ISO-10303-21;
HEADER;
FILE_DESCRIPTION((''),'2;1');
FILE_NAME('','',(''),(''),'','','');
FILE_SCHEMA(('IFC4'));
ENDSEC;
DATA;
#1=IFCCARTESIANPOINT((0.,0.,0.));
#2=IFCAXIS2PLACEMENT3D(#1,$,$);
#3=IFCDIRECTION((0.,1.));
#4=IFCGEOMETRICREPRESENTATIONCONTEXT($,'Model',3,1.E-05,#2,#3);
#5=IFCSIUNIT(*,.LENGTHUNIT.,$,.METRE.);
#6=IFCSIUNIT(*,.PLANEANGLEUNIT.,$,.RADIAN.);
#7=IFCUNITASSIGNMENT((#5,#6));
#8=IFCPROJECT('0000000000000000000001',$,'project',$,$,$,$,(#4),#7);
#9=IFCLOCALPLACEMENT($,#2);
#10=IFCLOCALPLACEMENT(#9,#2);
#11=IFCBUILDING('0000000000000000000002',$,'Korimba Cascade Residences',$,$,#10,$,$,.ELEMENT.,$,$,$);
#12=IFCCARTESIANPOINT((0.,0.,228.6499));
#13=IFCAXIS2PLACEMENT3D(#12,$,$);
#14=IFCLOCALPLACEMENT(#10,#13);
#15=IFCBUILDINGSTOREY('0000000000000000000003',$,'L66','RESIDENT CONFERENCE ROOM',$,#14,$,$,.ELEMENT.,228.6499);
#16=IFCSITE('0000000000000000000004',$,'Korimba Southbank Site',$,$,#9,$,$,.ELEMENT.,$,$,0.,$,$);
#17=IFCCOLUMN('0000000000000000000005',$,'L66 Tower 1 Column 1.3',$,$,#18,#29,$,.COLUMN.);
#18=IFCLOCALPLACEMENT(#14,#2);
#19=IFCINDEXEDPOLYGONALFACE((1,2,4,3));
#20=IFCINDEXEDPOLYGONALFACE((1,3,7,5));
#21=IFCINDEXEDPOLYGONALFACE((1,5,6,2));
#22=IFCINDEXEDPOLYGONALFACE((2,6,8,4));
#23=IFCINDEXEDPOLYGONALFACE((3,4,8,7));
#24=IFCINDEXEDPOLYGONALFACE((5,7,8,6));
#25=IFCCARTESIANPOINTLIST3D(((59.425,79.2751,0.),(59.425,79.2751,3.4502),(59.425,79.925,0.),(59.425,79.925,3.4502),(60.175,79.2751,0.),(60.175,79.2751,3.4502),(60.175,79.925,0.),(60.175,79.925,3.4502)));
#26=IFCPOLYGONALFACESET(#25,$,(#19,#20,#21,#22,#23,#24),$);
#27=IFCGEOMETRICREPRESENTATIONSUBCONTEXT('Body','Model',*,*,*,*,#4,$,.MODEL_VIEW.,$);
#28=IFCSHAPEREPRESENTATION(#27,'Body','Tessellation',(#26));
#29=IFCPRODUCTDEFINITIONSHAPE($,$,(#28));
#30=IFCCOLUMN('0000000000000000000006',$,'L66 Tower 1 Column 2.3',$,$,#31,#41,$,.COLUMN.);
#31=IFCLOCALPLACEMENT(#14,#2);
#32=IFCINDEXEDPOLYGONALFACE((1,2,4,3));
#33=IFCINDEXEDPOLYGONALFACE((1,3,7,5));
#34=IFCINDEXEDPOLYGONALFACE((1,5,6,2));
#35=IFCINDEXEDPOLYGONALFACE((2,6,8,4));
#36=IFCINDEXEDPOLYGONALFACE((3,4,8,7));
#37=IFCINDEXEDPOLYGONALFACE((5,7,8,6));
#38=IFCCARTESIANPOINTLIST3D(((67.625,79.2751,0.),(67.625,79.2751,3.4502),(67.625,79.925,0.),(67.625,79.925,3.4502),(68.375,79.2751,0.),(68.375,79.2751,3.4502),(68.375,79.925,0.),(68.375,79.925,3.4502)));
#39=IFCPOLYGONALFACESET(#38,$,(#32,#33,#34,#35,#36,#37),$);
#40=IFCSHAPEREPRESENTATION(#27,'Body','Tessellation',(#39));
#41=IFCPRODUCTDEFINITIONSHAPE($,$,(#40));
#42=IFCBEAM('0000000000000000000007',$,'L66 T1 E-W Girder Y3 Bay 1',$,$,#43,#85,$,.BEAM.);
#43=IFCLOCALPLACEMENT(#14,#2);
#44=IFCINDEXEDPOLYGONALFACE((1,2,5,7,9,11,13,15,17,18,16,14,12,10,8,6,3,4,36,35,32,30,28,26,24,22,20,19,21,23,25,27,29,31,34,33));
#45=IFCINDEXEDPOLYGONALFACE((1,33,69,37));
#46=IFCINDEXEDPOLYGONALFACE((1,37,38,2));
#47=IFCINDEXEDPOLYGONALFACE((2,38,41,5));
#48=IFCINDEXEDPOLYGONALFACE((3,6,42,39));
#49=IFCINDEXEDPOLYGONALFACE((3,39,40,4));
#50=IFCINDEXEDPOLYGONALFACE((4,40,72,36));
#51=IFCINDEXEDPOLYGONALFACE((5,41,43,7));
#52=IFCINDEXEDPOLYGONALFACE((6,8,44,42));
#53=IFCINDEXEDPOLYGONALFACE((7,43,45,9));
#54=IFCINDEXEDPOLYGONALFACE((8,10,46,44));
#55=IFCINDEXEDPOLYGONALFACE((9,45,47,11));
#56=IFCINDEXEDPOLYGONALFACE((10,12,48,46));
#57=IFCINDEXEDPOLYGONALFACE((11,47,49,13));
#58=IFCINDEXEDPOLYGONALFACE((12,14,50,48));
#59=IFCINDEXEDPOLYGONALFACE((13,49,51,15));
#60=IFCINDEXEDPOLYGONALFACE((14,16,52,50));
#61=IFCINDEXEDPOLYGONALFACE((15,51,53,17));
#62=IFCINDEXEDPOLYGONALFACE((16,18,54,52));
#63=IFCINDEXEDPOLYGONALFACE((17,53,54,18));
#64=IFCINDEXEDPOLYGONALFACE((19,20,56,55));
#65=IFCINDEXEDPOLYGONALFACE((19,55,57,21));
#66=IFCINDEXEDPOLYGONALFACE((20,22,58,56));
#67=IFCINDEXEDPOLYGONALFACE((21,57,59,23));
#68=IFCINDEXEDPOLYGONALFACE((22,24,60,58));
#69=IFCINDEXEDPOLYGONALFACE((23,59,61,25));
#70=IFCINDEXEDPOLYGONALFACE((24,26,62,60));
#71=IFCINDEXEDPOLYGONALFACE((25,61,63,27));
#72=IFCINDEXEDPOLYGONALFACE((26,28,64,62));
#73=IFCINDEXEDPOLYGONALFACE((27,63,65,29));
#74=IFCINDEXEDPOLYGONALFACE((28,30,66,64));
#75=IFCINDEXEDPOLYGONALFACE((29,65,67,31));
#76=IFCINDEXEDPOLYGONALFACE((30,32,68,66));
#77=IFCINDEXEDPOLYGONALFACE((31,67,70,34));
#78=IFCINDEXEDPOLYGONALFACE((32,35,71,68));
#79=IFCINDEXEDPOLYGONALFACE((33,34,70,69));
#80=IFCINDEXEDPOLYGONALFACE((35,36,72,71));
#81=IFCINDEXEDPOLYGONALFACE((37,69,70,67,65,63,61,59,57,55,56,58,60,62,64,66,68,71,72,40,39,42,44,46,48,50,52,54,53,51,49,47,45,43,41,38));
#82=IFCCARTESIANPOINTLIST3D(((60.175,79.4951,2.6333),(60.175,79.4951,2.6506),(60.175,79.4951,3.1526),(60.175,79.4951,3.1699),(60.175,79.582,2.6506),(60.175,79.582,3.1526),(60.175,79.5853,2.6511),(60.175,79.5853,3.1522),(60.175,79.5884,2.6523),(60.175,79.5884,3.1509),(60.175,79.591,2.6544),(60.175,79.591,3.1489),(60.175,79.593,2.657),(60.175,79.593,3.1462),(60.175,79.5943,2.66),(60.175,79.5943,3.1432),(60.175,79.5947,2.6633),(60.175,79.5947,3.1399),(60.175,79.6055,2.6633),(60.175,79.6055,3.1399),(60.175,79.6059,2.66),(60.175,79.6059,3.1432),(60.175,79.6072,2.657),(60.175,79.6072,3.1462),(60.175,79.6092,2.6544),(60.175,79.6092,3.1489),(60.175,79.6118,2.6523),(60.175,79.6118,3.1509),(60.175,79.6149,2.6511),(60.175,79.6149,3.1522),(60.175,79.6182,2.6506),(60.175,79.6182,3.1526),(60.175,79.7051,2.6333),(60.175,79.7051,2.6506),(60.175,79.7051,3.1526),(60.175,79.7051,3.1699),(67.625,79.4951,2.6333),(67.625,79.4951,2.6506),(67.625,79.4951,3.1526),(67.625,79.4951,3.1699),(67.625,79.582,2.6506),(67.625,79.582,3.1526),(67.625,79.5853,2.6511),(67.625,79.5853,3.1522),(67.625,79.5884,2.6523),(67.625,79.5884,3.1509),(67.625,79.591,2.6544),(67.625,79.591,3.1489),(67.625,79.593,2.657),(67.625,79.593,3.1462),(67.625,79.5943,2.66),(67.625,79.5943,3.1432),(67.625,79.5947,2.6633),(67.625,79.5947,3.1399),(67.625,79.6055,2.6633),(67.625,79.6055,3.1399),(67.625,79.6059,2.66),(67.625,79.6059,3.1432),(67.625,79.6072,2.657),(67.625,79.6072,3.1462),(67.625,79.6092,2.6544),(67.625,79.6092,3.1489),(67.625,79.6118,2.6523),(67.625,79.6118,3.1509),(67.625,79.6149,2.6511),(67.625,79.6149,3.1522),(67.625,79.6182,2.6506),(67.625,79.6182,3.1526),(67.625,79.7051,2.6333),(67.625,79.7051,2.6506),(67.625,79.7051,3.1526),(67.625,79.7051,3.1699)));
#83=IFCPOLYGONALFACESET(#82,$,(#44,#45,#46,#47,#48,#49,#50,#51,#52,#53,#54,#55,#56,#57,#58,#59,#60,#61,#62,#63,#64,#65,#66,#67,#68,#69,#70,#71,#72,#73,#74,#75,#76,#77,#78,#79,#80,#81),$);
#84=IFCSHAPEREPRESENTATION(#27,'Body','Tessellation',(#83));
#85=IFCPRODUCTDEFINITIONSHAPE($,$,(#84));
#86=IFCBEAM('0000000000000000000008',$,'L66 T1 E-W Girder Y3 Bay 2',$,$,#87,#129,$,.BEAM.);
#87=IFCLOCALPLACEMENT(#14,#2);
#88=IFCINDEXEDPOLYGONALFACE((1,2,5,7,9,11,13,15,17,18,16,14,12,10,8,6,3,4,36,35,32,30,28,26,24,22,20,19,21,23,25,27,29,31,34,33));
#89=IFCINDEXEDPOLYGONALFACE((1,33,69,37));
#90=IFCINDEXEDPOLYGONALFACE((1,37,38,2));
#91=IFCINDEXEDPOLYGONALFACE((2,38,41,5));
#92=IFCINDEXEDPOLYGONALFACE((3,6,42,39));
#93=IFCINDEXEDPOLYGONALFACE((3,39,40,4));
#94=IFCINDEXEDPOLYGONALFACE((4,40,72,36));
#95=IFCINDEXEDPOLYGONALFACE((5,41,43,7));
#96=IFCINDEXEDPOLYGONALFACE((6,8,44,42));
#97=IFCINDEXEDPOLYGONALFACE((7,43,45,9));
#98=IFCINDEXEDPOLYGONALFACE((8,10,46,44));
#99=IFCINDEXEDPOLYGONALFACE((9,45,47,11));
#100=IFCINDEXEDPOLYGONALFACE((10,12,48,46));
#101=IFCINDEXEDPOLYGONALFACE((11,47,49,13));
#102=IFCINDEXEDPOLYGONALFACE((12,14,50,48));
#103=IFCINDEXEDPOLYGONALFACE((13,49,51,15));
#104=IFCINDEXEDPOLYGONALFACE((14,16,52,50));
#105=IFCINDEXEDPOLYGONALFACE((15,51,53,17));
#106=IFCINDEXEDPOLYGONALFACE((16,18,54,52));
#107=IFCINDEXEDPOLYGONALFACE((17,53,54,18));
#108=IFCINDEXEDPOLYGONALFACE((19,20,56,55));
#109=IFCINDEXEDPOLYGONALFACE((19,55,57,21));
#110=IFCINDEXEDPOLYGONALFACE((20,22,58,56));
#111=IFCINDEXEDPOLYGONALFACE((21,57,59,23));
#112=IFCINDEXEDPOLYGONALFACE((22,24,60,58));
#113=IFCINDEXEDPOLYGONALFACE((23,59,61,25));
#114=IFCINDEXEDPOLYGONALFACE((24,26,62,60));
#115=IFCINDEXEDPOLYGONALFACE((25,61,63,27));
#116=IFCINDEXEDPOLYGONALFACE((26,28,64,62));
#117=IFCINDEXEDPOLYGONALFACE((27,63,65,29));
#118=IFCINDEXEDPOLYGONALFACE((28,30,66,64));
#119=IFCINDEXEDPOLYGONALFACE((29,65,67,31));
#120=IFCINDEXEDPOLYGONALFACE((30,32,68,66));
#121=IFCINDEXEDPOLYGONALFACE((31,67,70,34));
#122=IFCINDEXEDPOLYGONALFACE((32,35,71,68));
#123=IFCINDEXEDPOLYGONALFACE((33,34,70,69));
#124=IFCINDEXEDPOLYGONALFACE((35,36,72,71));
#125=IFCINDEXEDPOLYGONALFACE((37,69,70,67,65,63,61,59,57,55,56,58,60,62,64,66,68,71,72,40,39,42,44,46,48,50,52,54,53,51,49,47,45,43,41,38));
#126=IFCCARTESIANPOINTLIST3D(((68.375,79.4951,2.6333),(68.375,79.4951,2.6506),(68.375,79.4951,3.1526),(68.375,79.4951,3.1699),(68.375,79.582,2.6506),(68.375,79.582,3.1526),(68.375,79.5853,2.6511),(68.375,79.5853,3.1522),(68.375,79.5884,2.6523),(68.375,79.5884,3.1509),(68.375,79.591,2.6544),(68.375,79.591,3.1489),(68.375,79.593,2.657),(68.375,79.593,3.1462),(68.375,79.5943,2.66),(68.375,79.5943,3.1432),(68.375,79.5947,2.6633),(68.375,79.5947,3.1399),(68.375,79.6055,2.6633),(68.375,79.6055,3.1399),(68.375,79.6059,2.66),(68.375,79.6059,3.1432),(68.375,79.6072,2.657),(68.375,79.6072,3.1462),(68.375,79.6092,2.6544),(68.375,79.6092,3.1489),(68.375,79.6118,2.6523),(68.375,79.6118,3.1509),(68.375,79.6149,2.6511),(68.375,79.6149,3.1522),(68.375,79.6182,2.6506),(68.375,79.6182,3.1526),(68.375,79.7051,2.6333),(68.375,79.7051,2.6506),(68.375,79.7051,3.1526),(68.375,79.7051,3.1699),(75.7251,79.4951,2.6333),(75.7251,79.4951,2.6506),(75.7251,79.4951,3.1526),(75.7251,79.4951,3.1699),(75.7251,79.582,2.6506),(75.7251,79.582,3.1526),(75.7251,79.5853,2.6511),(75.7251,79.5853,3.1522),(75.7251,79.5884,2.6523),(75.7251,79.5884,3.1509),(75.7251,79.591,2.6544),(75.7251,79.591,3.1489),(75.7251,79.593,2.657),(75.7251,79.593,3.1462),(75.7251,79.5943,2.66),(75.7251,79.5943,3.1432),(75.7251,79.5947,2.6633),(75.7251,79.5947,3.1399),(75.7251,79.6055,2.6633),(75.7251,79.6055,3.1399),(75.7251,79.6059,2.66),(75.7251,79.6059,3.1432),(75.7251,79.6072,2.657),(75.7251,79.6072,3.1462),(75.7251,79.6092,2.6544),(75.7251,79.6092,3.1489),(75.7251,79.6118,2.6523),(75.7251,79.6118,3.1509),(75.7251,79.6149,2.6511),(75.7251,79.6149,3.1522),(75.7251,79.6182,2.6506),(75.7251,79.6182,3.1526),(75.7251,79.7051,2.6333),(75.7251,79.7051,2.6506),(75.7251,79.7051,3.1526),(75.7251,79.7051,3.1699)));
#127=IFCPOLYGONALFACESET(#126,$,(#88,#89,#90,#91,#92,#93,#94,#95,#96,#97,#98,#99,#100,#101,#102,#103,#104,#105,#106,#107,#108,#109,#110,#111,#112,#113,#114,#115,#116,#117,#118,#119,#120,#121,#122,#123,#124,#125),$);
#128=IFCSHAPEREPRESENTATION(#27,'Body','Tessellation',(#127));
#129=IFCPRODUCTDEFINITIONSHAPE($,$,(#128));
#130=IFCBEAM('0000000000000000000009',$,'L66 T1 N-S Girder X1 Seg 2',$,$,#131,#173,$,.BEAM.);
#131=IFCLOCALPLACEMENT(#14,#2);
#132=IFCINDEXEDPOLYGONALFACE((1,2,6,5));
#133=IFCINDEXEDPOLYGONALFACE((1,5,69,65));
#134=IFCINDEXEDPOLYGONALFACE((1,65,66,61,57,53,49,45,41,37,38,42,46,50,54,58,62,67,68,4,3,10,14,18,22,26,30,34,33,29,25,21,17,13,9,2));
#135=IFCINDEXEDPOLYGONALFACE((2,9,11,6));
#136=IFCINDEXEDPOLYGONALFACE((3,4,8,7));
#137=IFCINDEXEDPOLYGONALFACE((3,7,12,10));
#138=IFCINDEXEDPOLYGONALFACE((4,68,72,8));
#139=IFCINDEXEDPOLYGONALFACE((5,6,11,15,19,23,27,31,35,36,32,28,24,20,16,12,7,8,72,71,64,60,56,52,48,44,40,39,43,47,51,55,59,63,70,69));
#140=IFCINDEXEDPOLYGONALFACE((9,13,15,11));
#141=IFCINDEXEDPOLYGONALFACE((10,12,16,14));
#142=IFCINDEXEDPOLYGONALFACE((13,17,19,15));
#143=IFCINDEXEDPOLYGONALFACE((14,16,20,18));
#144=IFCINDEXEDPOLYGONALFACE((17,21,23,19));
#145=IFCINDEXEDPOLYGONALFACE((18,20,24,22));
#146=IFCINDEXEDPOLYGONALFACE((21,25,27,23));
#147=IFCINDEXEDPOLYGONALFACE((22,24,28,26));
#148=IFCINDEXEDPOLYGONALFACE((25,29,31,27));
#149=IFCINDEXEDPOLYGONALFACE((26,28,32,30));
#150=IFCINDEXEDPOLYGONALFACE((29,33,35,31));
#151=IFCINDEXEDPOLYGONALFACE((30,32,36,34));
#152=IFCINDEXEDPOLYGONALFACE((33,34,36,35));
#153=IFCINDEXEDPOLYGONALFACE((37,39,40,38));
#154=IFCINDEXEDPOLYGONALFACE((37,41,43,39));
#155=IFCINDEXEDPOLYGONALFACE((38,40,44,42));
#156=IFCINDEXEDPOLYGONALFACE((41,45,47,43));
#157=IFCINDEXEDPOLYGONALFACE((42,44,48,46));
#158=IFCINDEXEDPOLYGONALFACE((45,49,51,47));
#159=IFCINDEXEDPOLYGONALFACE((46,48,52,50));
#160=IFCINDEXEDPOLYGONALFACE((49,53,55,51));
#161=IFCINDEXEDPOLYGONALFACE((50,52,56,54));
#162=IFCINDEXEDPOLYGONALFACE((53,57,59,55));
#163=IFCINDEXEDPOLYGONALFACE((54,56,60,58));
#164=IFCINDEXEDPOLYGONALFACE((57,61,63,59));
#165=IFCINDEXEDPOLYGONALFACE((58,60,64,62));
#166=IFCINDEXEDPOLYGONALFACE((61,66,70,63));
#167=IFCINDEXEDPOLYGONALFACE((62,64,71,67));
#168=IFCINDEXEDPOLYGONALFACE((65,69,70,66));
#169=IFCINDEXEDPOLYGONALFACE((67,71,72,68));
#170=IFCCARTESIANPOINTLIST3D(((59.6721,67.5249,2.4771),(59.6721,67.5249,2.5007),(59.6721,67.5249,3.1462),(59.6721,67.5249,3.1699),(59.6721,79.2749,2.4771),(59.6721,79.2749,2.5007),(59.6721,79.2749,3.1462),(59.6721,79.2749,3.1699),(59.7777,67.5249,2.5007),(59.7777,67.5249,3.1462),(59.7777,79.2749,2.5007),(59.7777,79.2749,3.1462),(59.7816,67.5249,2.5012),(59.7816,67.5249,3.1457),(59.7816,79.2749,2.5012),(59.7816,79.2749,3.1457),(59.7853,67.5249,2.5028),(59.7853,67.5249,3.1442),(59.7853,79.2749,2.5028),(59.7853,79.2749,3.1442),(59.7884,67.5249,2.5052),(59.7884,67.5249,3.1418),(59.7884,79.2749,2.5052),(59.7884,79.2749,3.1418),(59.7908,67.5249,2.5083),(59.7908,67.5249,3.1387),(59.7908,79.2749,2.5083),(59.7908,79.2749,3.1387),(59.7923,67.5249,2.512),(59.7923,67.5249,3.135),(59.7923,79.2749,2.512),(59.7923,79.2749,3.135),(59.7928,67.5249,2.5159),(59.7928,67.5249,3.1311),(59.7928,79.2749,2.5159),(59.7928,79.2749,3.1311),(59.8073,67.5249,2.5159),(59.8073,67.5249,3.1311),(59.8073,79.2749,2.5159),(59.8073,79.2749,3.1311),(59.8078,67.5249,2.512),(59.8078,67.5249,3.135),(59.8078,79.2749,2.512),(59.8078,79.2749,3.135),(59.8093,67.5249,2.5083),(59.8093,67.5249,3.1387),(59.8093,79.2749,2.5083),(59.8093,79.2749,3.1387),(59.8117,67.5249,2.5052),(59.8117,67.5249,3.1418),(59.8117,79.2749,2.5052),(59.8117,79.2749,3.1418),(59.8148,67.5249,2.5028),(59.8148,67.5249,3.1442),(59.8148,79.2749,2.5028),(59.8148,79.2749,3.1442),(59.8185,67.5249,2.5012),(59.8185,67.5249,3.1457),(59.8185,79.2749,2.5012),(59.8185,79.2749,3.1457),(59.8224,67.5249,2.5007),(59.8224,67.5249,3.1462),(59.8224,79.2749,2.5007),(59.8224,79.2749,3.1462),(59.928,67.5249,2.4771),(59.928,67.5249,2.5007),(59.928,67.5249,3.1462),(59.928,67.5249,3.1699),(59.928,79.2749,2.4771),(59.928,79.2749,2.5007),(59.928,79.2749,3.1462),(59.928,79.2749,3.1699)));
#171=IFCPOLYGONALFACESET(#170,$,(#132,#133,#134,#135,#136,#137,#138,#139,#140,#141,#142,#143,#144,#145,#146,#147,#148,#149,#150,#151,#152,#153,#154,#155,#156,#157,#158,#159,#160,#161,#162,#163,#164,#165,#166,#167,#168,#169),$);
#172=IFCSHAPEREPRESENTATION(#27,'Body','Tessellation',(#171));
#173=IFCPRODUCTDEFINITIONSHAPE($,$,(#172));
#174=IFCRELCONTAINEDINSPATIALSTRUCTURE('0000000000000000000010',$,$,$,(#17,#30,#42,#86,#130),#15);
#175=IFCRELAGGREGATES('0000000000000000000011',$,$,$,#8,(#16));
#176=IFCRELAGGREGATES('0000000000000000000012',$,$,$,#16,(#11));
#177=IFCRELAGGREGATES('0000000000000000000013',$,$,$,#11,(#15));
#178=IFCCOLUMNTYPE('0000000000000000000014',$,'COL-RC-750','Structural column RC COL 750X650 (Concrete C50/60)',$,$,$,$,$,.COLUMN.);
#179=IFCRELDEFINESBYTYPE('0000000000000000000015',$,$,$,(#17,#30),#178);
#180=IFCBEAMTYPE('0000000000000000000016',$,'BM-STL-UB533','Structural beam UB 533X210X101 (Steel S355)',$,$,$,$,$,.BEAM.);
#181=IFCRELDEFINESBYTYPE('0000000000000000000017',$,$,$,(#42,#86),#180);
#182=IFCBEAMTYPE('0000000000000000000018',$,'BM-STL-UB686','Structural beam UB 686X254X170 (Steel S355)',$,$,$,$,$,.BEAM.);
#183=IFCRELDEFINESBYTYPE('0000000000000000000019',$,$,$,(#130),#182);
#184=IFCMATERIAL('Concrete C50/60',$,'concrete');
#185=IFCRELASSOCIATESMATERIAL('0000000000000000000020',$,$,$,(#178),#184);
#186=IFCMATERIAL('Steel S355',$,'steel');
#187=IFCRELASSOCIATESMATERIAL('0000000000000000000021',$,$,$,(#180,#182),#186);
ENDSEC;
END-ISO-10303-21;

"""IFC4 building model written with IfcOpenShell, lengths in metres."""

from ifc_helpers import new_model, si_unit, direction, frame, origin, origin_2d, place, context, subcontext, project, spatial, rectangle, i_section, extrude, material, material_profile, profile_set, type_object, element, save


model = new_model("IFC4")

# Units and contexts
model_context = context("Model", 3, precision=1e-05, world=origin(), true_north=direction((0.0, 1.0)))
body_context = subcontext(model_context, "Body", "Model", "MODEL_VIEW")
ifc_project = project(units=[si_unit("LENGTHUNIT", "METRE"), si_unit("PLANEANGLEUNIT", "RADIAN")], contexts=[model_context])

# Site, building, storey
site_placement = place(None, origin())
site = spatial("IfcSite", under=ifc_project, at=site_placement, Name="Korimba Southbank Site", CompositionType="ELEMENT", RefElevation=0.0)
building_placement = place(site_placement, origin())
building = spatial("IfcBuilding", under=site, at=building_placement, Name="Korimba Cascade Residences", CompositionType="ELEMENT")
storey_placement = place(building_placement, frame((0.0, 0.0, 228.6499)))
storey = spatial("IfcBuildingStorey", under=building, at=storey_placement, Name="L66", Description="RESIDENT CONFERENCE ROOM", CompositionType="ELEMENT", Elevation=228.6499)

# Columns
ifc_material_1 = material(Name="Concrete C50/60", Category="concrete")
ifc_material_profile_1 = material_profile(ifc_material_1, rectangle(XDim=0.75, YDim=0.6499, at=origin_2d()), Name="Concrete C50/60")
ifc_profile_set_1 = profile_set([ifc_material_profile_1], Name="Concrete C50/60")
column_type = type_object("IfcColumnType", Name="COL-RC-750", Description="Structural column RC COL 750X650 (Concrete C50/60)", PredefinedType="COLUMN", material=ifc_profile_set_1)
for number, where, z_axis, x_axis, name in (
    (1, (59.8, 79.6001, 0.0), (0.0, 0.0, 1.0), (1.0, 0.0, 0.0), "L66 Tower 1 Column 1.3"),
    (2, (68.0, 79.6001, 0.0), (0.0, 0.0, 1.0), (1.0, 0.0, 0.0), "L66 Tower 1 Column 2.3"),
):
    element("IfcColumn", number, at=place(storey_placement, frame(where, z_axis=z_axis, x_axis=x_axis)), inside=storey, type_object=column_type, Name=name, PredefinedType="COLUMN", context=body_context, shape_type="SweptSolid", body=[
        extrude(rectangle(XDim=0.75, YDim=0.6499, at=origin_2d()), origin(), (0.0, 0.0, 1.0), 3.4502),
    ])

# Beams
ifc_material_2 = material(Name="Steel S355", Category="steel")
ifc_material_profile_2 = material_profile(ifc_material_2, i_section(OverallWidth=0.21, OverallDepth=0.5366, WebThickness=0.0107, FlangeThickness=0.0173, FilletRadius=0.0127, at=origin_2d()), Name="Steel S355")
ifc_profile_set_2 = profile_set([ifc_material_profile_2], Name="Steel S355")
beam_type_1 = type_object("IfcBeamType", Name="BM-STL-UB533", Description="Structural beam UB 533X210X101 (Steel S355)", PredefinedType="BEAM", material=ifc_profile_set_2)
beam_1_placement = place(storey_placement, frame((60.175, 79.6001, 2.9016), z_axis=(1.0, 0.0, 0.0), x_axis=(0.0, 1.0, 0.0)))
element("IfcBeam", 3, at=beam_1_placement, inside=storey, type_object=beam_type_1, Name="L66 T1 E-W Girder Y3 Bay 1", PredefinedType="BEAM", context=body_context, shape_type="SweptSolid", body=[
    extrude(i_section(OverallWidth=0.21, OverallDepth=0.5366, WebThickness=0.0107, FlangeThickness=0.0173, FilletRadius=0.0127, at=origin_2d()), origin(), (0.0, 0.0, 1.0), 7.45),
])
beam_2_placement = place(storey_placement, frame((68.375, 79.6001, 2.9016), z_axis=(1.0, 0.0, 0.0), x_axis=(0.0, 1.0, 0.0)))
element("IfcBeam", 4, at=beam_2_placement, inside=storey, type_object=beam_type_1, Name="L66 T1 E-W Girder Y3 Bay 2", PredefinedType="BEAM", context=body_context, shape_type="SweptSolid", body=[
    extrude(i_section(OverallWidth=0.21, OverallDepth=0.5366, WebThickness=0.0107, FlangeThickness=0.0173, FilletRadius=0.0127, at=origin_2d()), origin(), (0.0, 0.0, 1.0), 7.3501),
])
ifc_material_profile_3 = material_profile(ifc_material_2, i_section(OverallWidth=0.2559, OverallDepth=0.6929, WebThickness=0.0144, FlangeThickness=0.0237, FilletRadius=0.0151, at=origin_2d()), Name="Steel S355")
ifc_profile_set_3 = profile_set([ifc_material_profile_3], Name="Steel S355")
beam_type_2 = type_object("IfcBeamType", Name="BM-STL-UB686", Description="Structural beam UB 686X254X170 (Steel S355)", PredefinedType="BEAM", material=ifc_profile_set_3)
beam_3_placement = place(storey_placement, frame((59.8, 67.5249, 2.8235), z_axis=(0.0, 1.0, 0.0), x_axis=(-1.0, 0.0, 0.0)))
element("IfcBeam", 5, at=beam_3_placement, inside=storey, type_object=beam_type_2, Name="L66 T1 N-S Girder X1 Seg 2", PredefinedType="BEAM", context=body_context, shape_type="SweptSolid", body=[
    extrude(i_section(OverallWidth=0.2559, OverallDepth=0.6929, WebThickness=0.0144, FlangeThickness=0.0237, FilletRadius=0.0151, at=origin_2d()), origin(), (0.0, 0.0, 1.0), 11.75),
])

save(model, "model.ifc")
